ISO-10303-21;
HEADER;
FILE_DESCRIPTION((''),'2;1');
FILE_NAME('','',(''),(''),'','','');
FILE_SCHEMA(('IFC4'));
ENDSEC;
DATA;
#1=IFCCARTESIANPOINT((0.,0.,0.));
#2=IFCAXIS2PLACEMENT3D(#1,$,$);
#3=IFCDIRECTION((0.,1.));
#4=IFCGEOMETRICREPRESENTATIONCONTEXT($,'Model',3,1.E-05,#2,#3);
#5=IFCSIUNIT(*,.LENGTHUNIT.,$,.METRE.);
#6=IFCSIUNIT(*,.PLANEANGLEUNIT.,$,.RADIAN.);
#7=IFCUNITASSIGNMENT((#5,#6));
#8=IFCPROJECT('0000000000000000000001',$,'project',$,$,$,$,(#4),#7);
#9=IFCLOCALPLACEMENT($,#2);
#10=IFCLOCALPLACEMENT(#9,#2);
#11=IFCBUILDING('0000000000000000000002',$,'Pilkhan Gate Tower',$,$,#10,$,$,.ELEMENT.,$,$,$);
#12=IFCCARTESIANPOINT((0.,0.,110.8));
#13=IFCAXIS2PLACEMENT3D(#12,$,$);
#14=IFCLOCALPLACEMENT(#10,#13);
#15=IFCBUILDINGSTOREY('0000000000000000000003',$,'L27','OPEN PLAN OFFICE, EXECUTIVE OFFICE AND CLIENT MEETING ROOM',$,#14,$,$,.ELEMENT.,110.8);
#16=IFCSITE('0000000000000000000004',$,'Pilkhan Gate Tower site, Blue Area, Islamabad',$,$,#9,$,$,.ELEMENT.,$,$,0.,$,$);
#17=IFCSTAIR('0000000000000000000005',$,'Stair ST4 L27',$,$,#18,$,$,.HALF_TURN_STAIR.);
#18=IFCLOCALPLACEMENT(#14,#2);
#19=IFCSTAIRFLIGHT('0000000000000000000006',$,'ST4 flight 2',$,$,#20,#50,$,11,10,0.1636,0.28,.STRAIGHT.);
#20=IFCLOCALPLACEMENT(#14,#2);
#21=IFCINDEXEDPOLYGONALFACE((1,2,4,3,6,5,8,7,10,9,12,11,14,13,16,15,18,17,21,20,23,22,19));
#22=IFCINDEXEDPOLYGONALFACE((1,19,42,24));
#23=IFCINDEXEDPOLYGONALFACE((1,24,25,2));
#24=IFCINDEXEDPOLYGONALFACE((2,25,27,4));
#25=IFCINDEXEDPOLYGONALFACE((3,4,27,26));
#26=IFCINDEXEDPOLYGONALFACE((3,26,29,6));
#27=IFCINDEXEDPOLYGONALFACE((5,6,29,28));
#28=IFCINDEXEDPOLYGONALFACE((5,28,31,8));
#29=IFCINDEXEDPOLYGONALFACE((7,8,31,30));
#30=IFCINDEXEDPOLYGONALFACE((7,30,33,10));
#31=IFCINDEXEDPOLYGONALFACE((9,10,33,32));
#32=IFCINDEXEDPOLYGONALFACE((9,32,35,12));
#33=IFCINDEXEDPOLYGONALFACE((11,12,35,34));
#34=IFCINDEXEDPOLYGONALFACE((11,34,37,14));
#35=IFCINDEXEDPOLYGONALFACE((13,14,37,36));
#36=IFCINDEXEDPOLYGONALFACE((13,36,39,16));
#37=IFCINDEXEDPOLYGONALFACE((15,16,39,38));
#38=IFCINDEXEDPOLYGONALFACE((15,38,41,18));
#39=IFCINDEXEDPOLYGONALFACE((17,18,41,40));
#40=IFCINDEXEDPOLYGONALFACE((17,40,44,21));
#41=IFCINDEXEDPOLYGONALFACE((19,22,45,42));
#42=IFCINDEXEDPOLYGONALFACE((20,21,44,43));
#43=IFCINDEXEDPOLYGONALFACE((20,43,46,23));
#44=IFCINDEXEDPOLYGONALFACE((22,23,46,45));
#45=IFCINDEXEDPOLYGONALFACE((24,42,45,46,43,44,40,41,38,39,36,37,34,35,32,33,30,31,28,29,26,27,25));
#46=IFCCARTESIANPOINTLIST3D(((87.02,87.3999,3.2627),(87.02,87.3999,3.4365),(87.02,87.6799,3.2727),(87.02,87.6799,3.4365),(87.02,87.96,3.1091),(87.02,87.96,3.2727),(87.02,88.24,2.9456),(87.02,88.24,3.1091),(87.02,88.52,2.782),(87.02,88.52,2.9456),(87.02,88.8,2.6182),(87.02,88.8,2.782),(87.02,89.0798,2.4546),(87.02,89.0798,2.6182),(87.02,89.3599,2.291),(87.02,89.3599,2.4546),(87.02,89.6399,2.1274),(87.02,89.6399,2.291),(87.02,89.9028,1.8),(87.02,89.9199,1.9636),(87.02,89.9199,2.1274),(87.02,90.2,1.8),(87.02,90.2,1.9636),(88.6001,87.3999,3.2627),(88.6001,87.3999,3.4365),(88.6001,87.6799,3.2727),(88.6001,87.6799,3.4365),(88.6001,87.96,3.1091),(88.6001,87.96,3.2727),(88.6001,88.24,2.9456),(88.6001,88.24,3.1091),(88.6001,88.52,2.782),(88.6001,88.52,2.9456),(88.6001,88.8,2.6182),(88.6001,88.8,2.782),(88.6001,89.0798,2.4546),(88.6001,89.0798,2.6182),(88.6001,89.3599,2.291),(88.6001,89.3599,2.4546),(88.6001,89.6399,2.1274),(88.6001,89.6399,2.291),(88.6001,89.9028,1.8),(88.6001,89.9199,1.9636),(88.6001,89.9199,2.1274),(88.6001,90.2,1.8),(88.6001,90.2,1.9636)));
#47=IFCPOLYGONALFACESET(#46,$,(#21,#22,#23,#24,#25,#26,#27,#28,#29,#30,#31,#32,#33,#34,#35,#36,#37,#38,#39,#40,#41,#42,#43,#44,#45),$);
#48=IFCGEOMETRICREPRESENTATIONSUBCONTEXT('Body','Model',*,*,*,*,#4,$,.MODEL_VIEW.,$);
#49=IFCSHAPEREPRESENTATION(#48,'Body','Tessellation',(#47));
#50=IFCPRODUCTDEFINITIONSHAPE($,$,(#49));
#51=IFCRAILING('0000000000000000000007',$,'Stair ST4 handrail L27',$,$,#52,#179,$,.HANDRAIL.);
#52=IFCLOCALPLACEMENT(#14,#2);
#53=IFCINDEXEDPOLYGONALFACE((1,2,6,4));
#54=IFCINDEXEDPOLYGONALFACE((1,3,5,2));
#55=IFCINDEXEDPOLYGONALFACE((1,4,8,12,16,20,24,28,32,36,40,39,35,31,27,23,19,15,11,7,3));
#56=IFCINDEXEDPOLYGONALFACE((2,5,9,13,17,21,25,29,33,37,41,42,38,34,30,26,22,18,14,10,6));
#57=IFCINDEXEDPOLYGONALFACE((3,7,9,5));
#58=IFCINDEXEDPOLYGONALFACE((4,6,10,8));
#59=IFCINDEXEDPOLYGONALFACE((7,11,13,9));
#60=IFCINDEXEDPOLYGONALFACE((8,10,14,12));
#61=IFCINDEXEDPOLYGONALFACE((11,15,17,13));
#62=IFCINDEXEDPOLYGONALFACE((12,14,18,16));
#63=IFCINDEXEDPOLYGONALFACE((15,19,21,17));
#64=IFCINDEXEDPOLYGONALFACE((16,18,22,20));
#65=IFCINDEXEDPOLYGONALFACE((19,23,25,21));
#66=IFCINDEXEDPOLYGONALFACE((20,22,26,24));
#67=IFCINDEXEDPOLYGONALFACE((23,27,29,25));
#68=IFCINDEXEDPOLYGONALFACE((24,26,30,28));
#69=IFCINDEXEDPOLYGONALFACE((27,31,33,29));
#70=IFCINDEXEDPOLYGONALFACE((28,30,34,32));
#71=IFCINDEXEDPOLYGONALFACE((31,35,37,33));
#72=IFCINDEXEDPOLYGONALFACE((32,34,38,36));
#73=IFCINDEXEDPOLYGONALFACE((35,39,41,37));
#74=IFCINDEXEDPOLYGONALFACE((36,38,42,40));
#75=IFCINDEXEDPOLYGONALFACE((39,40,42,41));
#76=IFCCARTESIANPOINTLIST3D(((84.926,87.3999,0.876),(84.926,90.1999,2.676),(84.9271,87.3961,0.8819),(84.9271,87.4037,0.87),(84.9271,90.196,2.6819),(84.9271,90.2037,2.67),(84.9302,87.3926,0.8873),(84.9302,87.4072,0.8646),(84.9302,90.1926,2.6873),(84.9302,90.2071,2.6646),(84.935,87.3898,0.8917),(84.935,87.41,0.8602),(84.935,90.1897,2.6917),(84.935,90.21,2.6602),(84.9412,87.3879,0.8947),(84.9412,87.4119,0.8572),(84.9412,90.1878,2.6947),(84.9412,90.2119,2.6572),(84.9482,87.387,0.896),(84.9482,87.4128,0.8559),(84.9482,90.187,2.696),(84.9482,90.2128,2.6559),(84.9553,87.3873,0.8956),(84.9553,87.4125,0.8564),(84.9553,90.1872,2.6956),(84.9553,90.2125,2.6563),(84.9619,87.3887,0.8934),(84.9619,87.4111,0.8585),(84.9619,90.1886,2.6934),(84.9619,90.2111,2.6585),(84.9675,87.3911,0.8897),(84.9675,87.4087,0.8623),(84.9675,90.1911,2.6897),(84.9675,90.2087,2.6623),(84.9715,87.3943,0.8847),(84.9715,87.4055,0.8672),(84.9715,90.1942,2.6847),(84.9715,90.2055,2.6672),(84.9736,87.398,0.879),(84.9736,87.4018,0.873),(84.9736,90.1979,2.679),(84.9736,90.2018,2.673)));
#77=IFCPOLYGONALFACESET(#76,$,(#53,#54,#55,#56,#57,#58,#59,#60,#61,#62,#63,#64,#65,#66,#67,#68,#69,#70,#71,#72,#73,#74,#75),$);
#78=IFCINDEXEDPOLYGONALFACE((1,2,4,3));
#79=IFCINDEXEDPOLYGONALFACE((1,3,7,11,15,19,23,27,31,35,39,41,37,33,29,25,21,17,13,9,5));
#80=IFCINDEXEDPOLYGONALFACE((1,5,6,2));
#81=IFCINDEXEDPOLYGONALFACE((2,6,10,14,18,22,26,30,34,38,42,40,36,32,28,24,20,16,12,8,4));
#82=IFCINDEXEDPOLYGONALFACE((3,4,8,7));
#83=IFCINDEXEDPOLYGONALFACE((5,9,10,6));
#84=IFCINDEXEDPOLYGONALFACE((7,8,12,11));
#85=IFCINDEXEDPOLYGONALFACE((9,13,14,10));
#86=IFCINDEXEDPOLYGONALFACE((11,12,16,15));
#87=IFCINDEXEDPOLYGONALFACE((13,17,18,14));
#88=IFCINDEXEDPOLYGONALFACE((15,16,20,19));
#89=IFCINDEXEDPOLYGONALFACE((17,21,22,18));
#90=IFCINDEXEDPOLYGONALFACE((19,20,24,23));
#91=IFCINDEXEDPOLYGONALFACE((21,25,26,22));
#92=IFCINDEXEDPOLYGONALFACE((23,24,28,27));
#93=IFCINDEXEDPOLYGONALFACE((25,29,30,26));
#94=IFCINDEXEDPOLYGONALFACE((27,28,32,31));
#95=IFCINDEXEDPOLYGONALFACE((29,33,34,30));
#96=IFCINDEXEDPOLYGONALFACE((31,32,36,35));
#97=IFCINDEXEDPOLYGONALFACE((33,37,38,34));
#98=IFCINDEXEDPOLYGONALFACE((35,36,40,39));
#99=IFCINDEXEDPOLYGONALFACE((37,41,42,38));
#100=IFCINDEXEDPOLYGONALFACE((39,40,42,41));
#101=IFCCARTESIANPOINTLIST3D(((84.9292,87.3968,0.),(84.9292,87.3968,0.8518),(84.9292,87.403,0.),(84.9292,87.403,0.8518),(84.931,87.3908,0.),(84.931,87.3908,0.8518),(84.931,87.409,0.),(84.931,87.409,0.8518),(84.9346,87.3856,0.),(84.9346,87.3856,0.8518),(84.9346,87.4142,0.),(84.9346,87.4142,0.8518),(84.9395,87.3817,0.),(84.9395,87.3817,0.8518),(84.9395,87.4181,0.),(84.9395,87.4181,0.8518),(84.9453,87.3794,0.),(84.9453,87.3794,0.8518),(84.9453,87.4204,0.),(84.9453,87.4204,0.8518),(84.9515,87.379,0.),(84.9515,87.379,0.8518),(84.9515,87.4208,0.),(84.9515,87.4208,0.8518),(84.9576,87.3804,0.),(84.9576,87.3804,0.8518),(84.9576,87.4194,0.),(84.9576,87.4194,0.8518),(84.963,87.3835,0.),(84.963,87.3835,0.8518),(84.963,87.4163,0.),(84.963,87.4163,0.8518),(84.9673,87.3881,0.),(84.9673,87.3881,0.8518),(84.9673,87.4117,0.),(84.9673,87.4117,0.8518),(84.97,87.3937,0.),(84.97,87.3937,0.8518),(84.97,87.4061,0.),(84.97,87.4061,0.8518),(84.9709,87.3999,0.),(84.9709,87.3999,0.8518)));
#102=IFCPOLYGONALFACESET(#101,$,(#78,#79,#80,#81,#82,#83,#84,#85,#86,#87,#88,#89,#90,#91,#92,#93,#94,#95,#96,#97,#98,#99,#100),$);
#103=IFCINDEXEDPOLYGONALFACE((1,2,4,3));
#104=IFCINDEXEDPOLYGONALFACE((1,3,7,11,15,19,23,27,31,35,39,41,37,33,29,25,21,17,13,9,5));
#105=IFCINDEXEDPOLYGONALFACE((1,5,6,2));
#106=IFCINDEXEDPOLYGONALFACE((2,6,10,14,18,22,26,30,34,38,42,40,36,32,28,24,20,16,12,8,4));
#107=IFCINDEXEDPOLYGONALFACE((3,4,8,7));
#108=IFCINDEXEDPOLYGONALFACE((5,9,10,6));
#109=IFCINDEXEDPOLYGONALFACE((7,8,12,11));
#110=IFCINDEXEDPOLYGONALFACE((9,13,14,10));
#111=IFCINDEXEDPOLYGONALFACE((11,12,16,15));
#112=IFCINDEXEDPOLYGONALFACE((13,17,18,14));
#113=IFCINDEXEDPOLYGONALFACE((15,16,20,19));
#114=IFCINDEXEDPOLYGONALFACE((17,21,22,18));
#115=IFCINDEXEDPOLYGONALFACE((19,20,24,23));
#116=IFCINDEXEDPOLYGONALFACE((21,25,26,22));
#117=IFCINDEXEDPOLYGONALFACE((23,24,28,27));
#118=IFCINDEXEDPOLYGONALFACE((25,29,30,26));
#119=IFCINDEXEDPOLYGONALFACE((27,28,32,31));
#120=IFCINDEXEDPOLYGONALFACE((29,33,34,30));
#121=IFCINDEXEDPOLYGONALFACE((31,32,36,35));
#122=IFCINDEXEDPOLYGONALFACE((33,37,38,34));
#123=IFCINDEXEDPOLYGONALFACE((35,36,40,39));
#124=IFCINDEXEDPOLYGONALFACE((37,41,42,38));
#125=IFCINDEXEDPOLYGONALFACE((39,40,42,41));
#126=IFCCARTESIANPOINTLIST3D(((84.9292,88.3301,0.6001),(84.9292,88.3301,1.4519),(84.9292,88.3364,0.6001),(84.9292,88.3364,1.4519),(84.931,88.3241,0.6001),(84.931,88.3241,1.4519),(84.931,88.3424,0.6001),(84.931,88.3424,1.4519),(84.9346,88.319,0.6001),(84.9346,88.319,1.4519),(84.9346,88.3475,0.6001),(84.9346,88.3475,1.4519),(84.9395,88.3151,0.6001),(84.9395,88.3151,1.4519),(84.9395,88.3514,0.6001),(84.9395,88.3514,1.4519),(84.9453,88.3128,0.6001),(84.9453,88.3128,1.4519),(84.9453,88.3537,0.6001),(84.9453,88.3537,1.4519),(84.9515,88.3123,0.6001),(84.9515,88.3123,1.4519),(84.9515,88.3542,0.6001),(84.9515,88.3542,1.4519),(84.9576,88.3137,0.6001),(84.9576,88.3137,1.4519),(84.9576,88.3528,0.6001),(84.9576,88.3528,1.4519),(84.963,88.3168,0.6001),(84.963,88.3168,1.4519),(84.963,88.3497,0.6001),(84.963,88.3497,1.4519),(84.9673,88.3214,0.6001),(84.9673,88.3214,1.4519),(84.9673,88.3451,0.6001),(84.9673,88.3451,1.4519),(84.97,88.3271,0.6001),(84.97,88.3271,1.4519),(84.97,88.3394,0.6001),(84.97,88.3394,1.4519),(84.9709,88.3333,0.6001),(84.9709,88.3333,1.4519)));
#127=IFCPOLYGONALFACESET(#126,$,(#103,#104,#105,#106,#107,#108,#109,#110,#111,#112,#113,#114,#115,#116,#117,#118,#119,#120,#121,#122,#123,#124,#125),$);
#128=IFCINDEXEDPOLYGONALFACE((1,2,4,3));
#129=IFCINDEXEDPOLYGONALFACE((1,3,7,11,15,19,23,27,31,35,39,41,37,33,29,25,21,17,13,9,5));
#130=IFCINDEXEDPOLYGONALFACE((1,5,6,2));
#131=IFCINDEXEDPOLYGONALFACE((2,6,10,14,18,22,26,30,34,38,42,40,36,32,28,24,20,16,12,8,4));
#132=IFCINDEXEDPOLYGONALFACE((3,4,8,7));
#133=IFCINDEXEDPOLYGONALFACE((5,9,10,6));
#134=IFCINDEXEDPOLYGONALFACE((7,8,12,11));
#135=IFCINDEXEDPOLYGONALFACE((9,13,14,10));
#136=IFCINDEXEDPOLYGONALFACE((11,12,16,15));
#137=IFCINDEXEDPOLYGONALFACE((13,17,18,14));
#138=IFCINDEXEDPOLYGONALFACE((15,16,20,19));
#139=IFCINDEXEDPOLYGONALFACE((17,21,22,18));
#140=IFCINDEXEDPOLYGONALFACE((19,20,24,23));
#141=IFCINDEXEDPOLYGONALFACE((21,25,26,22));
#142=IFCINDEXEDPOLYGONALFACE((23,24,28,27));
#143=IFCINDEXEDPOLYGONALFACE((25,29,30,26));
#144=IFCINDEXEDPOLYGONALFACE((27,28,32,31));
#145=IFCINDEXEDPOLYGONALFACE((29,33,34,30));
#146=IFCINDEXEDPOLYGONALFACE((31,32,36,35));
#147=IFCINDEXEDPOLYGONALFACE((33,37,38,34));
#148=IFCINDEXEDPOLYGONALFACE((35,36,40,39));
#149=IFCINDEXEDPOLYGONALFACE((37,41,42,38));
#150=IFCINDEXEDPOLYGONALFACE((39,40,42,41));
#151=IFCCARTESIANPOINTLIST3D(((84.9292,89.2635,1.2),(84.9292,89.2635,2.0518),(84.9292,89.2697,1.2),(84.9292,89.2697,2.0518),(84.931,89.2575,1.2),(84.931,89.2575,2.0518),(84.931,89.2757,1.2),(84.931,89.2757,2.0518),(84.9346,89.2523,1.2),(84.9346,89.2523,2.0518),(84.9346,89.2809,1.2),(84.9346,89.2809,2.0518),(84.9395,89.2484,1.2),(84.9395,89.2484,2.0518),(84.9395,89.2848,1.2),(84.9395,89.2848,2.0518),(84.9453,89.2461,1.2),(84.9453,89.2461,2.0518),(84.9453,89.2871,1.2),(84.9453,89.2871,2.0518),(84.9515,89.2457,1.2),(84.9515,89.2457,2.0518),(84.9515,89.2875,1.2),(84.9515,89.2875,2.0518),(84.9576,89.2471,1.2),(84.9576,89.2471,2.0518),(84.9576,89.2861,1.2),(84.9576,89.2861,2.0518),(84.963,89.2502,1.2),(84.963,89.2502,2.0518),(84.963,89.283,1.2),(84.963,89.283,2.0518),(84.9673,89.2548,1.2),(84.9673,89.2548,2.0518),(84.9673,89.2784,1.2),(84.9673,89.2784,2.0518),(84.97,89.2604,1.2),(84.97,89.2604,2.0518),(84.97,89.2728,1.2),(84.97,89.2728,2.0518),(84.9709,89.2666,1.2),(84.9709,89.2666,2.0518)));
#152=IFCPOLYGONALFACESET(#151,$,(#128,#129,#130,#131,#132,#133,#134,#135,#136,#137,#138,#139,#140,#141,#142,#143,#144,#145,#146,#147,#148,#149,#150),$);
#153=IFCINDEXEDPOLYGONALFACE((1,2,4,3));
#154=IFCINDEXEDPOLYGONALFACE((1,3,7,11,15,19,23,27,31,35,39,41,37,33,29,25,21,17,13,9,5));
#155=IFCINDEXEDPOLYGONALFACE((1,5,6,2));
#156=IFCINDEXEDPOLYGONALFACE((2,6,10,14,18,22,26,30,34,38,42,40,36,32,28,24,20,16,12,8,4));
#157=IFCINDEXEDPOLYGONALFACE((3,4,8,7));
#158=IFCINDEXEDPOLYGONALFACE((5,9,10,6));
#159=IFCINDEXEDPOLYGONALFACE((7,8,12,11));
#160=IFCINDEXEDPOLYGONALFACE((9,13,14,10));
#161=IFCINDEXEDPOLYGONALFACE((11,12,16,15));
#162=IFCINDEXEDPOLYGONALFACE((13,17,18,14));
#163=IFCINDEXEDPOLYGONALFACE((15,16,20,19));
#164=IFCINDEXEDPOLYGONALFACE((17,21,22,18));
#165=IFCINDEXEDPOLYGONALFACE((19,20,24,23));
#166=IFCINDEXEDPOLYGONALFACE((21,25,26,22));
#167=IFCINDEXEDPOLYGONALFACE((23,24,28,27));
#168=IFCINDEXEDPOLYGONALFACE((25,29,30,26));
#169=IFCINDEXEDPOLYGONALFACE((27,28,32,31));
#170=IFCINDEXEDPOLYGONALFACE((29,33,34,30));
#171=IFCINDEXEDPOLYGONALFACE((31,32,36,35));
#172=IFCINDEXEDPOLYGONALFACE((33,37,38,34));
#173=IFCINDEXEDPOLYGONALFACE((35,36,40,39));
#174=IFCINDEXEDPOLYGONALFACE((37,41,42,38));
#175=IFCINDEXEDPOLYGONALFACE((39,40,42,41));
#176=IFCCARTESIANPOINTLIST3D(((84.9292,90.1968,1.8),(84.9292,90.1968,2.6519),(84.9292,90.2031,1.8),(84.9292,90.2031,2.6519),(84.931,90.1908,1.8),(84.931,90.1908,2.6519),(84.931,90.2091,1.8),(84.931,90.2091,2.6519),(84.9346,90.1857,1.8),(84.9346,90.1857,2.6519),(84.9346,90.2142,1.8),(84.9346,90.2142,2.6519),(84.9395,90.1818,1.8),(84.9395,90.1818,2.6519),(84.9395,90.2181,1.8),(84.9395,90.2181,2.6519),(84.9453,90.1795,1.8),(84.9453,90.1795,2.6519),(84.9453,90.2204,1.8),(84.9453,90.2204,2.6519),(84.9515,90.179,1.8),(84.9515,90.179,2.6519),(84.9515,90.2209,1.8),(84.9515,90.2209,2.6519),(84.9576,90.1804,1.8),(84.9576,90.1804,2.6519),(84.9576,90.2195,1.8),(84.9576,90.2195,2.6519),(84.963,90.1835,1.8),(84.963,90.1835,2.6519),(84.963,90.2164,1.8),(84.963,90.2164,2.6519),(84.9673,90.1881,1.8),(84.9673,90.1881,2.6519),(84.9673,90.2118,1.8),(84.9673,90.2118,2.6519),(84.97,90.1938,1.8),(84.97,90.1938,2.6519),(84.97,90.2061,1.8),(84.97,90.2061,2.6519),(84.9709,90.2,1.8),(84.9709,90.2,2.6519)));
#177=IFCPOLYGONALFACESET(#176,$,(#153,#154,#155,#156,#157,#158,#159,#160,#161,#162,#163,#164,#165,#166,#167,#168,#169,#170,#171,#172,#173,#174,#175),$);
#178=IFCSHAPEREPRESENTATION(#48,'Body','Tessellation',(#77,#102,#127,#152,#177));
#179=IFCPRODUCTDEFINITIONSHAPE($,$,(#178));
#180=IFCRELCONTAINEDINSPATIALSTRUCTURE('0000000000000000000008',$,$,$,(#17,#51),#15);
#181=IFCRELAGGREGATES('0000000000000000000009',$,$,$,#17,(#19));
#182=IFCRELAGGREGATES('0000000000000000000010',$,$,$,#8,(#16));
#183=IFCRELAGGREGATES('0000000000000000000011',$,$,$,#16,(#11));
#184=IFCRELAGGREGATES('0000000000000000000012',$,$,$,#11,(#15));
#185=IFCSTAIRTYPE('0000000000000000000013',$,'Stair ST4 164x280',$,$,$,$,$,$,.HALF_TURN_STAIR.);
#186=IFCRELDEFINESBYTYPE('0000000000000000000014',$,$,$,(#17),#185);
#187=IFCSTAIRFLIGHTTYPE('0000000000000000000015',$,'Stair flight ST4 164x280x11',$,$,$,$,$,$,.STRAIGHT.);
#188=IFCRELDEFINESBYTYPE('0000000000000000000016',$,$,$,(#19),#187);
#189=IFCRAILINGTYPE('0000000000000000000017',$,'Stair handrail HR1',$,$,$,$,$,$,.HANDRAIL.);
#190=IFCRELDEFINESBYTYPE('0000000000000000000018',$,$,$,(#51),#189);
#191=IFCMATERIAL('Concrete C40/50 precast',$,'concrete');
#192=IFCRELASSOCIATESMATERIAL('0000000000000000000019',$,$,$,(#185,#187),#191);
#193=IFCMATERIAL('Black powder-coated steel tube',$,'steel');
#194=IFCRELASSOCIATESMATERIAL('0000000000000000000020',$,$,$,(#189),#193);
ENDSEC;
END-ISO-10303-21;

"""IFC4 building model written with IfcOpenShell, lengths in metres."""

from ifc_helpers import new_model, si_unit, direction, frame, origin, origin_2d, place, context, subcontext, project, spatial, polyline, circle, outline, extrude, material, type_object, element, aggregate, save


model = new_model("IFC4")

# Units and contexts
model_context = context("Model", 3, precision=1e-05, world=origin(), true_north=direction((0.0, 1.0)))
body_context = subcontext(model_context, "Body", "Model", "MODEL_VIEW")
ifc_project = project(units=[si_unit("LENGTHUNIT", "METRE"), si_unit("PLANEANGLEUNIT", "RADIAN")], contexts=[model_context])

# Site, building, storey
site_placement = place(None, origin())
site = spatial("IfcSite", under=ifc_project, at=site_placement, Name="Pilkhan Gate Tower site, Blue Area, Islamabad", CompositionType="ELEMENT", RefElevation=0.0)
building_placement = place(site_placement, origin())
building = spatial("IfcBuilding", under=site, at=building_placement, Name="Pilkhan Gate Tower", CompositionType="ELEMENT")
storey_placement = place(building_placement, frame((0.0, 0.0, 110.8)))
storey = spatial("IfcBuildingStorey", under=building, at=storey_placement, Name="L27", Description="OPEN PLAN OFFICE, EXECUTIVE OFFICE AND CLIENT MEETING ROOM", CompositionType="ELEMENT", Elevation=110.8)

# Stair, stair flight
ifc_material_1 = material(Name="Concrete C40/50 precast", Category="concrete")
stair_type = type_object("IfcStairType", Name="Stair ST4 164x280", PredefinedType="HALF_TURN_STAIR", material=ifc_material_1)
stair_placement = place(storey_placement, origin())
stair = element("IfcStair", 1, at=stair_placement, inside=storey, type_object=stair_type, Name="Stair ST4 L27", PredefinedType="HALF_TURN_STAIR")
stair_flight_type = type_object("IfcStairFlightType", Name="Stair flight ST4 164x280x11", PredefinedType="STRAIGHT", material=ifc_material_1)
stair_flight_1_placement = place(storey_placement, frame((87.8101, 90.2, 1.8), z_axis=(0.0, 0.0, 1.0), x_axis=(0.0, -1.0, 0.0)))
stair_flight_1 = element("IfcStairFlight", 2, at=stair_flight_1_placement, type_object=stair_flight_type, Name="ST4 flight 2", NumberOfRisers=11, NumberOfTreads=10, PredefinedType="STRAIGHT", RiserHeight=0.1636, TreadLength=0.28, context=body_context, shape_type="SweptSolid", body=[
    extrude(outline(polyline([(0.0, 0.0), (0.0, 0.1636), (0.28, 0.1636), (0.28, 0.3274), (0.5601, 0.3274), (0.5601, 0.491), (0.8401, 0.491), (0.8401, 0.6545), (1.1201, 0.6545), (1.1201, 0.8181), (1.3999, 0.8181), (1.3999, 0.9819), (1.6799, 0.9819), (1.6799, 1.1455), (1.96, 1.1455), (1.96, 1.3091), (2.24, 1.3091), (2.24, 1.4727), (2.52, 1.4727), (2.52, 1.6365), (2.8, 1.6365), (2.8, 1.8), (2.8, 1.4626), (0.2971, 0.0), (0.0, 0.0)])), frame((0.0, 0.79, 0.0), z_axis=(0.0, -1.0, 0.0), x_axis=(1.0, 0.0, 0.0)), (0.0, 0.0, 1.0), 1.5801),
])
aggregate(stair, [stair_flight_1])

# Railing
ifc_material_2 = material(Name="Black powder-coated steel tube", Category="steel")
railing_type_1 = type_object("IfcRailingType", Name="Stair handrail HR1", PredefinedType="HANDRAIL", material=ifc_material_2)
railing_1_placement = place(storey_placement, frame((84.95, 87.3999, 0.0)))
element("IfcRailing", 3, at=railing_1_placement, inside=storey, type_object=railing_type_1, Name="Stair ST4 handrail L27", PredefinedType="HANDRAIL", context=body_context, shape_type="SweptSolid", body=[
    extrude(circle(Radius=0.0239, at=origin_2d()), frame((0.0, 0.0, 0.876), z_axis=(0.0, 0.841176, 0.540761), x_axis=(-1.0, 0.0, 0.0)), (0.0, 0.0, 1.0), 3.3286),
    extrude(circle(Radius=0.021, at=origin_2d()), origin(), (0.0, 0.0, 1.0), 0.8518),
    extrude(circle(Radius=0.021, at=origin_2d()), frame((0.0, 0.9333, 0.6001)), (0.0, 0.0, 1.0), 0.8518),
    extrude(circle(Radius=0.021, at=origin_2d()), frame((0.0, 1.8667, 1.2)), (0.0, 0.0, 1.0), 0.8518),
    extrude(circle(Radius=0.021, at=origin_2d()), frame((0.0, 2.8, 1.8)), (0.0, 0.0, 1.0), 0.8518),
])

save(model, "model.ifc")
